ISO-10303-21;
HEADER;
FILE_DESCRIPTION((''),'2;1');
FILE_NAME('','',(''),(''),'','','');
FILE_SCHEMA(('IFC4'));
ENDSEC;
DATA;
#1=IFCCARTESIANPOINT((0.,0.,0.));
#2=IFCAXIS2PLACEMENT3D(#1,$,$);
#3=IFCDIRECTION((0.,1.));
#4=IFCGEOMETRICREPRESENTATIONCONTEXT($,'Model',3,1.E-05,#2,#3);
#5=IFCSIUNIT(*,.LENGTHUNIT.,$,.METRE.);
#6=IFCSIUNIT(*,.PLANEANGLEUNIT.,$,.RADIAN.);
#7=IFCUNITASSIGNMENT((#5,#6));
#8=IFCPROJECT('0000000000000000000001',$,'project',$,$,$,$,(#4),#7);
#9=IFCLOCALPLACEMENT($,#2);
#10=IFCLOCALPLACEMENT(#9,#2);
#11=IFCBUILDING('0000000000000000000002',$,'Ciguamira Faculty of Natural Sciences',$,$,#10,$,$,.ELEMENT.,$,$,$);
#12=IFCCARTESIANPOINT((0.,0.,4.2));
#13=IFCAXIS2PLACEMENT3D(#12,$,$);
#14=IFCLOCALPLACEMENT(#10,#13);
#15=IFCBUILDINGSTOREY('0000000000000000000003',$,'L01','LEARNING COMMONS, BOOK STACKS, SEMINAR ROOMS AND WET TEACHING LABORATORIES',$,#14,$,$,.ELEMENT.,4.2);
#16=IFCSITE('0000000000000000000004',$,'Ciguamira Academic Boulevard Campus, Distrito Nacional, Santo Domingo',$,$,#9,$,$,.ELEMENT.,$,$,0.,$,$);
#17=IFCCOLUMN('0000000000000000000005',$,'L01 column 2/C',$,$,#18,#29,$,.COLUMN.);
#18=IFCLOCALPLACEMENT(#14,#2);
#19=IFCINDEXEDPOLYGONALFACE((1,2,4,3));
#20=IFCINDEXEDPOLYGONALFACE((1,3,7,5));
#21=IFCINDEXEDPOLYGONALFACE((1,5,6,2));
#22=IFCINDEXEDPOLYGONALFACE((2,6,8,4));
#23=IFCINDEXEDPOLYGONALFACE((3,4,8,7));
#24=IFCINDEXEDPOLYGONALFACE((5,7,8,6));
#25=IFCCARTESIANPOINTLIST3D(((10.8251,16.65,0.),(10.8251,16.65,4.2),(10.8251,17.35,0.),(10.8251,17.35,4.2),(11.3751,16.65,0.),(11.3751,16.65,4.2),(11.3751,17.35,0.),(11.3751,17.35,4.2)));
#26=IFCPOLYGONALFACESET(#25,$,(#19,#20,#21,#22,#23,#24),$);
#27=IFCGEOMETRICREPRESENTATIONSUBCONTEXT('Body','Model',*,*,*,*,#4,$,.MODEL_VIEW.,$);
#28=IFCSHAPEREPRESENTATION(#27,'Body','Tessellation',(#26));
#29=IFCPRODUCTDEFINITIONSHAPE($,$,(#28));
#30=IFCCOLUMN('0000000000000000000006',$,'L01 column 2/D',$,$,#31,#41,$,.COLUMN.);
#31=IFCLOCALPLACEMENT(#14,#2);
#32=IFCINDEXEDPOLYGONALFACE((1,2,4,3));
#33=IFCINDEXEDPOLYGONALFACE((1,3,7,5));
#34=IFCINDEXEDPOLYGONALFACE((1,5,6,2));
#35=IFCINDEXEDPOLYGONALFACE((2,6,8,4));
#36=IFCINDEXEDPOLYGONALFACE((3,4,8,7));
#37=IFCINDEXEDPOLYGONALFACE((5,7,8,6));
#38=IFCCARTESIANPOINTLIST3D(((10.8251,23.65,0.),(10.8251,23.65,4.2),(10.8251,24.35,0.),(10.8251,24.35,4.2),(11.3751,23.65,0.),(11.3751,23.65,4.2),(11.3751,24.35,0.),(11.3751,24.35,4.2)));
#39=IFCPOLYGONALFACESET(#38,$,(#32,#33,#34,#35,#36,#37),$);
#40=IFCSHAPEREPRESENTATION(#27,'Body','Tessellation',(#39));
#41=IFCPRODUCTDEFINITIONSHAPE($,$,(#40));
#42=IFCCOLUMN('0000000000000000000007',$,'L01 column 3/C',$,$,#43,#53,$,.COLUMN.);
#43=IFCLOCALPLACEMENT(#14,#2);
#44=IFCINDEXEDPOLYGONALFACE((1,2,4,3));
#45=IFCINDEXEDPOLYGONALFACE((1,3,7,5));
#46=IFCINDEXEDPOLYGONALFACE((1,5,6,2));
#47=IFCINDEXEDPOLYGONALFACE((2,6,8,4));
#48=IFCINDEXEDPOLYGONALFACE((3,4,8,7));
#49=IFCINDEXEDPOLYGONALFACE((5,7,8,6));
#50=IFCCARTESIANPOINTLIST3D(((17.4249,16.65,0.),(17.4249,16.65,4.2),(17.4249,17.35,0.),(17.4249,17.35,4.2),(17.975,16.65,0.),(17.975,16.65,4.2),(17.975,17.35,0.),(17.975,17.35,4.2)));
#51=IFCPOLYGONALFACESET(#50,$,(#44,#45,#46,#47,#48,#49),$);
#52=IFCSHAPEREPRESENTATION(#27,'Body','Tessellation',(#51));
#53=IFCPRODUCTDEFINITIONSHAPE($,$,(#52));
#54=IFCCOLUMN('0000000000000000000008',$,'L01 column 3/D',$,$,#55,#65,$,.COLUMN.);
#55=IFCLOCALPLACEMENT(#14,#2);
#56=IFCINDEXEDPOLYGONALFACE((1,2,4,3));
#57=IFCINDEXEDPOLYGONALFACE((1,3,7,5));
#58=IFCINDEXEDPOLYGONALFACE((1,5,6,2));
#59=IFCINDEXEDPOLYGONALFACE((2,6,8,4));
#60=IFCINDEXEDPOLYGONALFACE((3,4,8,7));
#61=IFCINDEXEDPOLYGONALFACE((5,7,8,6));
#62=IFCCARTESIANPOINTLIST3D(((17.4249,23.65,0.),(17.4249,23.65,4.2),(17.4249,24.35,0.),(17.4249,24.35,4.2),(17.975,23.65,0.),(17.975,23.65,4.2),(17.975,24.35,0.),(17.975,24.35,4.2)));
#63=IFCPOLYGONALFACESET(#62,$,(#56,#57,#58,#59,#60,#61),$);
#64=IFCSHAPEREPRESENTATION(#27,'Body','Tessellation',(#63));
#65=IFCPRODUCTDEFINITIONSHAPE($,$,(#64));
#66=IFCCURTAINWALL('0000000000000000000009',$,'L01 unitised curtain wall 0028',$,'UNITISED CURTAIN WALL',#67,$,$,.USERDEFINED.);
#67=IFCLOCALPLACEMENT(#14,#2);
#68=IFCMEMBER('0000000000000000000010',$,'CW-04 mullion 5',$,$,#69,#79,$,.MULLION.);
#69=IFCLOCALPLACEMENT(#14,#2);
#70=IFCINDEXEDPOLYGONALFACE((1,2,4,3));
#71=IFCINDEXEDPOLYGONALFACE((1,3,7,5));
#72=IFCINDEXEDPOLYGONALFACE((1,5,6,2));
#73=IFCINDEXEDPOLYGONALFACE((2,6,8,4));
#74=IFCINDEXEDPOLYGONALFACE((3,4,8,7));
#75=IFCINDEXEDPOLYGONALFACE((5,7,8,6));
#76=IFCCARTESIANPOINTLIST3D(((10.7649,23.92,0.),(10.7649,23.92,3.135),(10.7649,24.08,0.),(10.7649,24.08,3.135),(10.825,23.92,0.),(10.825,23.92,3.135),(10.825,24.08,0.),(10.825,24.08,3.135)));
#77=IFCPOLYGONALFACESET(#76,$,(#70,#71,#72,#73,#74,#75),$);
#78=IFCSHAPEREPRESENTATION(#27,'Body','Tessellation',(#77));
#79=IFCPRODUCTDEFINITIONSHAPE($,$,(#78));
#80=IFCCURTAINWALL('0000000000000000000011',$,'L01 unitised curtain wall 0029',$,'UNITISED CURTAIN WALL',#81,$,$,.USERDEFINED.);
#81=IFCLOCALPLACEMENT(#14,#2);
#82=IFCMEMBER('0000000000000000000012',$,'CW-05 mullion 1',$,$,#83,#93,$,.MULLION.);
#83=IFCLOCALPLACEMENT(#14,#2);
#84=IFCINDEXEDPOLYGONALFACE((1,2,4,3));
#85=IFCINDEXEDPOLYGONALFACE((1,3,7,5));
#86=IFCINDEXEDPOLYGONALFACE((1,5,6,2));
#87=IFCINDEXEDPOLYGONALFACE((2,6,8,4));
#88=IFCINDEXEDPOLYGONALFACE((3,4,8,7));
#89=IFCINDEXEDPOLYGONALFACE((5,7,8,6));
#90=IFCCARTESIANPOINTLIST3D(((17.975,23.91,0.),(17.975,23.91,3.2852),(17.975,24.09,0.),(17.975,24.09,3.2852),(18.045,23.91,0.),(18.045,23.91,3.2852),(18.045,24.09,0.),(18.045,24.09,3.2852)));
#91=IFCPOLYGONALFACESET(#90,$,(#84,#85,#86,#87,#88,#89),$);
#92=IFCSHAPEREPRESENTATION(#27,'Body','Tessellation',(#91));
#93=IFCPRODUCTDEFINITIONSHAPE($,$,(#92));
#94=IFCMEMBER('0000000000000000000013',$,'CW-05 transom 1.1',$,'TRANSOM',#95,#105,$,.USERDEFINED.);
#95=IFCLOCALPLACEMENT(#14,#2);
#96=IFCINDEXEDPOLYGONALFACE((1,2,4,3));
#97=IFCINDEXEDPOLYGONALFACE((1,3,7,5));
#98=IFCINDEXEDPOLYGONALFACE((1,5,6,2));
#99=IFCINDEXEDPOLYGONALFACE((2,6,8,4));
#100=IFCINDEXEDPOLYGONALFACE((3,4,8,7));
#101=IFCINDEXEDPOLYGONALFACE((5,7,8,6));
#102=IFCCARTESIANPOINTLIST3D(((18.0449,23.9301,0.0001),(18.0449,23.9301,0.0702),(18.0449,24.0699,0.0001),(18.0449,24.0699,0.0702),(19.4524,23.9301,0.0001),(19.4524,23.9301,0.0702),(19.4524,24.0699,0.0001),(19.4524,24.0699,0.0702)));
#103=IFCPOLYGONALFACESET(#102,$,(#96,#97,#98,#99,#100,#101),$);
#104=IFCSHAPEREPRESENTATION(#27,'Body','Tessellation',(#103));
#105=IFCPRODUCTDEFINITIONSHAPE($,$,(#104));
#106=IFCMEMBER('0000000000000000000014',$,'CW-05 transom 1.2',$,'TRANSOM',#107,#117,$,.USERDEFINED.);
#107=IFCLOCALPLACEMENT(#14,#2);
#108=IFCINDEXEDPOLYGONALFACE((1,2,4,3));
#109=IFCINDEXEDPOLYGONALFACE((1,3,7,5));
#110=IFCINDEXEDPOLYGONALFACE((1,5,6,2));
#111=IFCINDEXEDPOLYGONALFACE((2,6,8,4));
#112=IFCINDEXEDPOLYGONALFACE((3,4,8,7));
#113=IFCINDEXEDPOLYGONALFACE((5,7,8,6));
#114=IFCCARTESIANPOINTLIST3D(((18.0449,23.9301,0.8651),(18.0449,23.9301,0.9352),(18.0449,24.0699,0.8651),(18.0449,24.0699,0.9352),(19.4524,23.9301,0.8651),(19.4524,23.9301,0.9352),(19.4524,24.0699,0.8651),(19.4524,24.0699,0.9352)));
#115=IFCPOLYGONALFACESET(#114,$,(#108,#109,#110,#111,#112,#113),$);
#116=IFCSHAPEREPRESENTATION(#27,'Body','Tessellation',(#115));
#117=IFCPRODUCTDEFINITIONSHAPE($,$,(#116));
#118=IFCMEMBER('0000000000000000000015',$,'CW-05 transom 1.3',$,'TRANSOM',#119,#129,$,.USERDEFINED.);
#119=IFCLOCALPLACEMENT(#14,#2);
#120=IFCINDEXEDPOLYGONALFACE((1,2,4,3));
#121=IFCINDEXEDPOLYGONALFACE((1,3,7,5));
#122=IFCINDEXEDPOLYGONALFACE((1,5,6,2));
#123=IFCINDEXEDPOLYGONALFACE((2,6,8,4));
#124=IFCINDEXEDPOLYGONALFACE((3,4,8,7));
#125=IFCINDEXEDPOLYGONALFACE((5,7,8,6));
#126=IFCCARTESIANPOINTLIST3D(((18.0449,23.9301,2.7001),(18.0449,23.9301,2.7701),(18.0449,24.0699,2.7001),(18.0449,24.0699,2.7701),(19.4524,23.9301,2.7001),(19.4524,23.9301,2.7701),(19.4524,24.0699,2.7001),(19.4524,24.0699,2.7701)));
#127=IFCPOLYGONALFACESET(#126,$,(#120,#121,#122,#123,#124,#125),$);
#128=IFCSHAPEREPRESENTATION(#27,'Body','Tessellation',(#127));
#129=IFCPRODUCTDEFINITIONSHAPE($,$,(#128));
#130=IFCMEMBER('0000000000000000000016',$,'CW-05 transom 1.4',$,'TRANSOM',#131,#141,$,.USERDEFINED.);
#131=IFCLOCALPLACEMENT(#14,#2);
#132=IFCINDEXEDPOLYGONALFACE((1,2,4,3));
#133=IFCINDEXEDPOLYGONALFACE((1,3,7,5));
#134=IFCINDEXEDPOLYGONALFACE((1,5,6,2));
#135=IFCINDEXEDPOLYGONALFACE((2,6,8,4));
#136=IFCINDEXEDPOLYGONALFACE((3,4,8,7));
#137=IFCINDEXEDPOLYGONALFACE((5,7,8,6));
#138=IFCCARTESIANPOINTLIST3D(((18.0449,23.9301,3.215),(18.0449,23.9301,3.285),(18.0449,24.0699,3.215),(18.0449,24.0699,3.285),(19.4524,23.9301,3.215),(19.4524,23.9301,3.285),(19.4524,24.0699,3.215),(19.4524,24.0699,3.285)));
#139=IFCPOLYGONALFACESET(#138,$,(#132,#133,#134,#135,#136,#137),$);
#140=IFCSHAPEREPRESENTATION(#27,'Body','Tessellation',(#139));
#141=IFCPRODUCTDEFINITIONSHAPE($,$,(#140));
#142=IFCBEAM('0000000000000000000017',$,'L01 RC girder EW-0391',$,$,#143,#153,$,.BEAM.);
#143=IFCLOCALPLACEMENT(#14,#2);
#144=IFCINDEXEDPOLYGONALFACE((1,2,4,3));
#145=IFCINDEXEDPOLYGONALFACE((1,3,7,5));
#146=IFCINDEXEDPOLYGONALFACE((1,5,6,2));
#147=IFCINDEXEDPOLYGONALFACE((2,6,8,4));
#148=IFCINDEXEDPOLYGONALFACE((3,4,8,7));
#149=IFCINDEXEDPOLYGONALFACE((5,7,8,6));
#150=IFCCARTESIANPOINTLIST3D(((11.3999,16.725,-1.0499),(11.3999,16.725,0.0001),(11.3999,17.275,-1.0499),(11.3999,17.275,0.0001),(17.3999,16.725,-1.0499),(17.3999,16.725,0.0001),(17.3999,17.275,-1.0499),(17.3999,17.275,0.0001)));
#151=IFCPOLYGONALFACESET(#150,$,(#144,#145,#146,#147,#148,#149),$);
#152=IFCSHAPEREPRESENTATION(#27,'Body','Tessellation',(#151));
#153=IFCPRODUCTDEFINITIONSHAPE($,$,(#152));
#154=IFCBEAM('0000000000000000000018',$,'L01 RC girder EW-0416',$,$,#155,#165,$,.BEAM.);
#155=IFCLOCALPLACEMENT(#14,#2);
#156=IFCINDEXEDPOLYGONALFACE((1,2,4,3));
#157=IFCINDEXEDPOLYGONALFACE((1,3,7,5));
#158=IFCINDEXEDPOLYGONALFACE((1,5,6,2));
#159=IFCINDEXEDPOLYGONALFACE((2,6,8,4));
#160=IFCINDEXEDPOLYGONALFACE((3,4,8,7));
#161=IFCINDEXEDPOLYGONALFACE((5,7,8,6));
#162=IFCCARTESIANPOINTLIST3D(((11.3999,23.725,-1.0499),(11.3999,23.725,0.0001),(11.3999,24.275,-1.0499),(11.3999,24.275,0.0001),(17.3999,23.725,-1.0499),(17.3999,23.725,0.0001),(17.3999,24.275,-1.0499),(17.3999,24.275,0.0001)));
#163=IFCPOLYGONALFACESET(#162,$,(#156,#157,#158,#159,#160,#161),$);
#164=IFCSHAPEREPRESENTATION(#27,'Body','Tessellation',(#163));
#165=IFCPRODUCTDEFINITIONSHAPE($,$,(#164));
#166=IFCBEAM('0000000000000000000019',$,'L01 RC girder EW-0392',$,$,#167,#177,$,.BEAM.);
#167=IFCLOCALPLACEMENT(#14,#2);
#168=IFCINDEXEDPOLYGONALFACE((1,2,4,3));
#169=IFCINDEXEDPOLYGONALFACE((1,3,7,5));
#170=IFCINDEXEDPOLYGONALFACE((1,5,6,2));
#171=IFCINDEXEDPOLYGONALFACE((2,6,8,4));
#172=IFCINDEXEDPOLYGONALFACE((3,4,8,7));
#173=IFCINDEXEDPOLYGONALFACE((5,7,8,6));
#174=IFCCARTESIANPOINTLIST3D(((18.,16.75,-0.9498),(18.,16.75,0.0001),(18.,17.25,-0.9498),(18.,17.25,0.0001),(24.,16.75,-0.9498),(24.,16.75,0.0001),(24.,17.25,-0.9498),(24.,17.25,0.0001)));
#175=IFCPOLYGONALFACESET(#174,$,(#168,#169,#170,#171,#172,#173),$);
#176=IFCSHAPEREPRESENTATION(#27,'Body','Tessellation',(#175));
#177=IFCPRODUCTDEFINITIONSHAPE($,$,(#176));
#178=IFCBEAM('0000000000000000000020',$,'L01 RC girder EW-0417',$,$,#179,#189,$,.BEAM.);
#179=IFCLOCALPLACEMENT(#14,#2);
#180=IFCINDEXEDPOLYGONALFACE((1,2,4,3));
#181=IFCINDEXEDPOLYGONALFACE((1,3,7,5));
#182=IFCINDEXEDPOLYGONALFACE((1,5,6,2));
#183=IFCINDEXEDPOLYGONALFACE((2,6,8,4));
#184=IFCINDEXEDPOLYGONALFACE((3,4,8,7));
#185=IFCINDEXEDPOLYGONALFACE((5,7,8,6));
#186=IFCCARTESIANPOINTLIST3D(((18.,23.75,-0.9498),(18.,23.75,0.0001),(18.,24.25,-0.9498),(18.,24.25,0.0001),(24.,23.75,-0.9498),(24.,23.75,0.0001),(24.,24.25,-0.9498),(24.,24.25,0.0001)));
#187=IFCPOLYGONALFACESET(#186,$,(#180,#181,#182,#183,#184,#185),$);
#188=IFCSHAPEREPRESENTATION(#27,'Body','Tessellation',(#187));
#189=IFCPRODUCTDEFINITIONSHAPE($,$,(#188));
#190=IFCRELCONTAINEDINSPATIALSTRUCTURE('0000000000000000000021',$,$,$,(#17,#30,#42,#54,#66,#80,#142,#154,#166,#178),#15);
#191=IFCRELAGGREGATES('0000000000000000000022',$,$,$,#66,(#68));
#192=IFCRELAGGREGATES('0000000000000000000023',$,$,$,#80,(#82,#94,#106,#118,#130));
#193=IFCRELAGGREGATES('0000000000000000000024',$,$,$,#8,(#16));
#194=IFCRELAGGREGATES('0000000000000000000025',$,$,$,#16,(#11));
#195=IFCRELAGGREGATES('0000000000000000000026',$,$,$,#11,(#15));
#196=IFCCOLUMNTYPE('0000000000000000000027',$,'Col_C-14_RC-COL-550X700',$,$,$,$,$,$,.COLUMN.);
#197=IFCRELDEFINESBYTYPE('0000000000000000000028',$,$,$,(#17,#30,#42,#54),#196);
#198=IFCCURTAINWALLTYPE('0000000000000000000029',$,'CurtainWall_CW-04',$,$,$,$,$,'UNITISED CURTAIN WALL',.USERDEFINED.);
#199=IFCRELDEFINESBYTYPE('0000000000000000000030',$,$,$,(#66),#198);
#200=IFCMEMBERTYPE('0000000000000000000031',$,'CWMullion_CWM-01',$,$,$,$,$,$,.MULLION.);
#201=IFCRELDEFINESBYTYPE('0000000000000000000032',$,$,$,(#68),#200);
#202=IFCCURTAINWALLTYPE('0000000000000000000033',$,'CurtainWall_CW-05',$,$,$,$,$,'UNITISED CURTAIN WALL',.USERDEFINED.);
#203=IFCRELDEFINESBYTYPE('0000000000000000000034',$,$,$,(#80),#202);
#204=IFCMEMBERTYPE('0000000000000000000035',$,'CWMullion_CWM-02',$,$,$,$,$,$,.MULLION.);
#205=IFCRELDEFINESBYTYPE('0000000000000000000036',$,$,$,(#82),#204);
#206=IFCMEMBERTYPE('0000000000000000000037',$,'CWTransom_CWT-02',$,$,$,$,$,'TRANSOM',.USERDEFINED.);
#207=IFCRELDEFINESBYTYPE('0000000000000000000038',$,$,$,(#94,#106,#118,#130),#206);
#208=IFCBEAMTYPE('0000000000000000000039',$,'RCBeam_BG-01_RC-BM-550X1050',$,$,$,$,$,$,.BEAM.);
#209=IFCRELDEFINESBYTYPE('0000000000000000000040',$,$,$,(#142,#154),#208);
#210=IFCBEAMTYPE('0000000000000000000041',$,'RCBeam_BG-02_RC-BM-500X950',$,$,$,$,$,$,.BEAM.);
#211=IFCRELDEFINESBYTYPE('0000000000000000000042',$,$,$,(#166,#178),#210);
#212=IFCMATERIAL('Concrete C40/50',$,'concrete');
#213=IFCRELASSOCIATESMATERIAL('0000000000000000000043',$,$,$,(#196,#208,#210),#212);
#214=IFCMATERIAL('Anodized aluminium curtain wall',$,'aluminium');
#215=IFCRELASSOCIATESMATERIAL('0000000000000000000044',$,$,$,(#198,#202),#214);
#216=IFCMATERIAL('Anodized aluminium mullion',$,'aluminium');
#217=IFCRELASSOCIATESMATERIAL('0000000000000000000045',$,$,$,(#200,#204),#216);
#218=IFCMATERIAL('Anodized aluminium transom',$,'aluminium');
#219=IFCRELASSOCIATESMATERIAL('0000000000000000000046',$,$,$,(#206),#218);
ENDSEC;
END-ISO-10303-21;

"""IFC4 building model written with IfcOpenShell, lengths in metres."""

from ifc_helpers import new_model, si_unit, direction, frame, origin, origin_2d, place, context, subcontext, project, spatial, rectangle, extrude, material, material_profile, profile_set, type_object, element, aggregate, save


model = new_model("IFC4")

# Units and contexts
model_context = context("Model", 3, precision=1e-05, world=origin(), true_north=direction((0.0, 1.0)))
body_context = subcontext(model_context, "Body", "Model", "MODEL_VIEW")
ifc_project = project(units=[si_unit("LENGTHUNIT", "METRE"), si_unit("PLANEANGLEUNIT", "RADIAN")], contexts=[model_context])

# Site, building, storey
site_placement = place(None, origin())
site = spatial("IfcSite", under=ifc_project, at=site_placement, Name="Ciguamira Academic Boulevard Campus, Distrito Nacional, Santo Domingo", CompositionType="ELEMENT", RefElevation=0.0)
building_placement = place(site_placement, origin())
building = spatial("IfcBuilding", under=site, at=building_placement, Name="Ciguamira Faculty of Natural Sciences", CompositionType="ELEMENT")
storey_placement = place(building_placement, frame((0.0, 0.0, 4.2)))
storey = spatial("IfcBuildingStorey", under=building, at=storey_placement, Name="L01", Description="LEARNING COMMONS, BOOK STACKS, SEMINAR ROOMS AND WET TEACHING LABORATORIES", CompositionType="ELEMENT", Elevation=4.2)

# Columns
ifc_material_1 = material(Name="Concrete C40/50", Category="concrete")
ifc_material_profile_1 = material_profile(ifc_material_1, rectangle(XDim=0.55, YDim=0.7, at=origin_2d()), Name="RC-COL-550X700")
ifc_profile_set_1 = profile_set([ifc_material_profile_1], Name="Concrete C40/50")
column_type = type_object("IfcColumnType", Name="Col_C-14_RC-COL-550X700", PredefinedType="COLUMN", material=ifc_profile_set_1)
for number, where, z_axis, x_axis, name in (
    (1, (11.1001, 17.0, 0.0), (0.0, 0.0, 1.0), (1.0, 0.0, 0.0), "L01 column 2/C"),
    (2, (11.1001, 24.0, 0.0), (0.0, 0.0, 1.0), (1.0, 0.0, 0.0), "L01 column 2/D"),
    (3, (17.7, 17.0, 0.0), (0.0, 0.0, 1.0), (1.0, 0.0, 0.0), "L01 column 3/C"),
    (4, (17.7, 24.0, 0.0), (0.0, 0.0, 1.0), (1.0, 0.0, 0.0), "L01 column 3/D"),
):
    element("IfcColumn", number, at=place(storey_placement, frame(where, z_axis=z_axis, x_axis=x_axis)), inside=storey, type_object=column_type, Name=name, PredefinedType="COLUMN", context=body_context, shape_type="SweptSolid", body=[
        extrude(rectangle(XDim=0.55, YDim=0.7, at=origin_2d()), origin(), (0.0, 0.0, 1.0), 4.2),
    ])

# Curtain wall, member
ifc_material_2 = material(Name="Anodized aluminium curtain wall", Category="aluminium")
curtain_wall_type_1 = type_object("IfcCurtainWallType", Name="CurtainWall_CW-04", ElementType="UNITISED CURTAIN WALL", PredefinedType="USERDEFINED", material=ifc_material_2)
curtain_wall_1_placement = place(storey_placement, origin())
curtain_wall_1 = element("IfcCurtainWall", 5, at=curtain_wall_1_placement, inside=storey, type_object=curtain_wall_type_1, Name="L01 unitised curtain wall 0028", ObjectType="UNITISED CURTAIN WALL", PredefinedType="USERDEFINED")
ifc_material_3 = material(Name="Anodized aluminium mullion", Category="aluminium")
ifc_material_profile_2 = material_profile(ifc_material_3, rectangle(XDim=0.0601, YDim=0.1599, at=origin_2d()), Name="ALU-MUL-60X160")
ifc_profile_set_2 = profile_set([ifc_material_profile_2], Name="Anodized aluminium mullion")
member_type_1 = type_object("IfcMemberType", Name="CWMullion_CWM-01", PredefinedType="MULLION", material=ifc_profile_set_2)
member_1_placement = place(storey_placement, frame((10.7949, 24.0, 0.0), z_axis=(0.0, 0.0, 1.0), x_axis=(1.0, 0.0, 0.0)))
member_1 = element("IfcMember", 6, at=member_1_placement, type_object=member_type_1, Name="CW-04 mullion 5", PredefinedType="MULLION", context=body_context, shape_type="SweptSolid", body=[
    extrude(rectangle(XDim=0.0601, YDim=0.1599, at=origin_2d()), origin(), (0.0, 0.0, 1.0), 3.135),
])
aggregate(curtain_wall_1, [member_1])

# Curtain wall, members
curtain_wall_type_2 = type_object("IfcCurtainWallType", Name="CurtainWall_CW-05", ElementType="UNITISED CURTAIN WALL", PredefinedType="USERDEFINED", material=ifc_material_2)
curtain_wall_2_placement = place(storey_placement, origin())
curtain_wall_2 = element("IfcCurtainWall", 7, at=curtain_wall_2_placement, inside=storey, type_object=curtain_wall_type_2, Name="L01 unitised curtain wall 0029", ObjectType="UNITISED CURTAIN WALL", PredefinedType="USERDEFINED")
ifc_material_profile_3 = material_profile(ifc_material_3, rectangle(XDim=0.0701, YDim=0.1799, at=origin_2d()), Name="ALU-MUL-70X180")
ifc_profile_set_3 = profile_set([ifc_material_profile_3], Name="Anodized aluminium mullion")
member_type_2 = type_object("IfcMemberType", Name="CWMullion_CWM-02", PredefinedType="MULLION", material=ifc_profile_set_3)
member_2_placement = place(storey_placement, frame((18.01, 24.0, 0.0), z_axis=(0.0, 0.0, 1.0), x_axis=(1.0, 0.0, 0.0)))
member_2 = element("IfcMember", 8, at=member_2_placement, type_object=member_type_2, Name="CW-05 mullion 1", PredefinedType="MULLION", context=body_context, shape_type="SweptSolid", body=[
    extrude(rectangle(XDim=0.0701, YDim=0.1799, at=origin_2d()), origin(), (0.0, 0.0, 1.0), 3.2852),
])
ifc_material_4 = material(Name="Anodized aluminium transom", Category="aluminium")
ifc_material_profile_4 = material_profile(ifc_material_4, rectangle(XDim=0.0701, YDim=0.1399, at=origin_2d()), Name="ALU-TRN-70X140")
ifc_profile_set_4 = profile_set([ifc_material_profile_4], Name="Anodized aluminium transom")
member_type_3 = type_object("IfcMemberType", Name="CWTransom_CWT-02", ElementType="TRANSOM", PredefinedType="USERDEFINED", material=ifc_profile_set_4)
member_3_placement = place(storey_placement, frame((18.0449, 24.0, 0.0352), z_axis=(1.0, 0.0, 0.0), x_axis=(0.0, 0.0, 1.0)))
member_3 = element("IfcMember", 9, at=member_3_placement, type_object=member_type_3, Name="CW-05 transom 1.1", ObjectType="TRANSOM", PredefinedType="USERDEFINED", context=body_context, shape_type="SweptSolid", body=[
    extrude(rectangle(XDim=0.0701, YDim=0.1399, at=origin_2d()), origin(), (0.0, 0.0, 1.0), 1.4075),
])
member_4_placement = place(storey_placement, frame((18.0449, 24.0, 0.9001), z_axis=(1.0, 0.0, 0.0), x_axis=(0.0, 0.0, 1.0)))
member_4 = element("IfcMember", 10, at=member_4_placement, type_object=member_type_3, Name="CW-05 transom 1.2", ObjectType="TRANSOM", PredefinedType="USERDEFINED", context=body_context, shape_type="SweptSolid", body=[
    extrude(rectangle(XDim=0.0701, YDim=0.1399, at=origin_2d()), origin(), (0.0, 0.0, 1.0), 1.4075),
])
member_5_placement = place(storey_placement, frame((18.0449, 24.0, 2.7351), z_axis=(1.0, 0.0, 0.0), x_axis=(0.0, 0.0, 1.0)))
member_5 = element("IfcMember", 11, at=member_5_placement, type_object=member_type_3, Name="CW-05 transom 1.3", ObjectType="TRANSOM", PredefinedType="USERDEFINED", context=body_context, shape_type="SweptSolid", body=[
    extrude(rectangle(XDim=0.0701, YDim=0.1399, at=origin_2d()), origin(), (0.0, 0.0, 1.0), 1.4075),
])
member_6_placement = place(storey_placement, frame((18.0449, 24.0, 3.25), z_axis=(1.0, 0.0, 0.0), x_axis=(0.0, 0.0, 1.0)))
member_6 = element("IfcMember", 12, at=member_6_placement, type_object=member_type_3, Name="CW-05 transom 1.4", ObjectType="TRANSOM", PredefinedType="USERDEFINED", context=body_context, shape_type="SweptSolid", body=[
    extrude(rectangle(XDim=0.0701, YDim=0.1399, at=origin_2d()), origin(), (0.0, 0.0, 1.0), 1.4075),
])
aggregate(curtain_wall_2, [member_2, member_3, member_4, member_5, member_6])

# Beams
ifc_material_profile_5 = material_profile(ifc_material_1, rectangle(XDim=0.55, YDim=1.05, at=origin_2d()), Name="RC-BM-550X1050")
ifc_profile_set_5 = profile_set([ifc_material_profile_5], Name="Concrete C40/50")
beam_type_1 = type_object("IfcBeamType", Name="RCBeam_BG-01_RC-BM-550X1050", PredefinedType="BEAM", material=ifc_profile_set_5)
for number, where, z_axis, x_axis, name in (
    (13, (11.3999, 17.0, -0.5249), (1.0, 0.0, 0.0), (0.0, 1.0, 0.0), "L01 RC girder EW-0391"),
    (14, (11.3999, 24.0, -0.5249), (1.0, 0.0, 0.0), (0.0, 1.0, 0.0), "L01 RC girder EW-0416"),
):
    element("IfcBeam", number, at=place(storey_placement, frame(where, z_axis=z_axis, x_axis=x_axis)), inside=storey, type_object=beam_type_1, Name=name, PredefinedType="BEAM", context=body_context, shape_type="SweptSolid", body=[
        extrude(rectangle(XDim=0.55, YDim=1.05, at=origin_2d()), origin(), (0.0, 0.0, 1.0), 6.0),
    ])
ifc_material_profile_6 = material_profile(ifc_material_1, rectangle(XDim=0.5, YDim=0.95, at=origin_2d()), Name="RC-BM-500X950")
ifc_profile_set_6 = profile_set([ifc_material_profile_6], Name="Concrete C40/50")
beam_type_2 = type_object("IfcBeamType", Name="RCBeam_BG-02_RC-BM-500X950", PredefinedType="BEAM", material=ifc_profile_set_6)
for number, where, z_axis, x_axis, name in (
    (15, (18.0, 17.0, -0.4749), (1.0, 0.0, 0.0), (0.0, 1.0, 0.0), "L01 RC girder EW-0392"),
    (16, (18.0, 24.0, -0.4749), (1.0, 0.0, 0.0), (0.0, 1.0, 0.0), "L01 RC girder EW-0417"),
):
    element("IfcBeam", number, at=place(storey_placement, frame(where, z_axis=z_axis, x_axis=x_axis)), inside=storey, type_object=beam_type_2, Name=name, PredefinedType="BEAM", context=body_context, shape_type="SweptSolid", body=[
        extrude(rectangle(XDim=0.5, YDim=0.95, at=origin_2d()), origin(), (0.0, 0.0, 1.0), 6.0),
    ])

save(model, "model.ifc")
